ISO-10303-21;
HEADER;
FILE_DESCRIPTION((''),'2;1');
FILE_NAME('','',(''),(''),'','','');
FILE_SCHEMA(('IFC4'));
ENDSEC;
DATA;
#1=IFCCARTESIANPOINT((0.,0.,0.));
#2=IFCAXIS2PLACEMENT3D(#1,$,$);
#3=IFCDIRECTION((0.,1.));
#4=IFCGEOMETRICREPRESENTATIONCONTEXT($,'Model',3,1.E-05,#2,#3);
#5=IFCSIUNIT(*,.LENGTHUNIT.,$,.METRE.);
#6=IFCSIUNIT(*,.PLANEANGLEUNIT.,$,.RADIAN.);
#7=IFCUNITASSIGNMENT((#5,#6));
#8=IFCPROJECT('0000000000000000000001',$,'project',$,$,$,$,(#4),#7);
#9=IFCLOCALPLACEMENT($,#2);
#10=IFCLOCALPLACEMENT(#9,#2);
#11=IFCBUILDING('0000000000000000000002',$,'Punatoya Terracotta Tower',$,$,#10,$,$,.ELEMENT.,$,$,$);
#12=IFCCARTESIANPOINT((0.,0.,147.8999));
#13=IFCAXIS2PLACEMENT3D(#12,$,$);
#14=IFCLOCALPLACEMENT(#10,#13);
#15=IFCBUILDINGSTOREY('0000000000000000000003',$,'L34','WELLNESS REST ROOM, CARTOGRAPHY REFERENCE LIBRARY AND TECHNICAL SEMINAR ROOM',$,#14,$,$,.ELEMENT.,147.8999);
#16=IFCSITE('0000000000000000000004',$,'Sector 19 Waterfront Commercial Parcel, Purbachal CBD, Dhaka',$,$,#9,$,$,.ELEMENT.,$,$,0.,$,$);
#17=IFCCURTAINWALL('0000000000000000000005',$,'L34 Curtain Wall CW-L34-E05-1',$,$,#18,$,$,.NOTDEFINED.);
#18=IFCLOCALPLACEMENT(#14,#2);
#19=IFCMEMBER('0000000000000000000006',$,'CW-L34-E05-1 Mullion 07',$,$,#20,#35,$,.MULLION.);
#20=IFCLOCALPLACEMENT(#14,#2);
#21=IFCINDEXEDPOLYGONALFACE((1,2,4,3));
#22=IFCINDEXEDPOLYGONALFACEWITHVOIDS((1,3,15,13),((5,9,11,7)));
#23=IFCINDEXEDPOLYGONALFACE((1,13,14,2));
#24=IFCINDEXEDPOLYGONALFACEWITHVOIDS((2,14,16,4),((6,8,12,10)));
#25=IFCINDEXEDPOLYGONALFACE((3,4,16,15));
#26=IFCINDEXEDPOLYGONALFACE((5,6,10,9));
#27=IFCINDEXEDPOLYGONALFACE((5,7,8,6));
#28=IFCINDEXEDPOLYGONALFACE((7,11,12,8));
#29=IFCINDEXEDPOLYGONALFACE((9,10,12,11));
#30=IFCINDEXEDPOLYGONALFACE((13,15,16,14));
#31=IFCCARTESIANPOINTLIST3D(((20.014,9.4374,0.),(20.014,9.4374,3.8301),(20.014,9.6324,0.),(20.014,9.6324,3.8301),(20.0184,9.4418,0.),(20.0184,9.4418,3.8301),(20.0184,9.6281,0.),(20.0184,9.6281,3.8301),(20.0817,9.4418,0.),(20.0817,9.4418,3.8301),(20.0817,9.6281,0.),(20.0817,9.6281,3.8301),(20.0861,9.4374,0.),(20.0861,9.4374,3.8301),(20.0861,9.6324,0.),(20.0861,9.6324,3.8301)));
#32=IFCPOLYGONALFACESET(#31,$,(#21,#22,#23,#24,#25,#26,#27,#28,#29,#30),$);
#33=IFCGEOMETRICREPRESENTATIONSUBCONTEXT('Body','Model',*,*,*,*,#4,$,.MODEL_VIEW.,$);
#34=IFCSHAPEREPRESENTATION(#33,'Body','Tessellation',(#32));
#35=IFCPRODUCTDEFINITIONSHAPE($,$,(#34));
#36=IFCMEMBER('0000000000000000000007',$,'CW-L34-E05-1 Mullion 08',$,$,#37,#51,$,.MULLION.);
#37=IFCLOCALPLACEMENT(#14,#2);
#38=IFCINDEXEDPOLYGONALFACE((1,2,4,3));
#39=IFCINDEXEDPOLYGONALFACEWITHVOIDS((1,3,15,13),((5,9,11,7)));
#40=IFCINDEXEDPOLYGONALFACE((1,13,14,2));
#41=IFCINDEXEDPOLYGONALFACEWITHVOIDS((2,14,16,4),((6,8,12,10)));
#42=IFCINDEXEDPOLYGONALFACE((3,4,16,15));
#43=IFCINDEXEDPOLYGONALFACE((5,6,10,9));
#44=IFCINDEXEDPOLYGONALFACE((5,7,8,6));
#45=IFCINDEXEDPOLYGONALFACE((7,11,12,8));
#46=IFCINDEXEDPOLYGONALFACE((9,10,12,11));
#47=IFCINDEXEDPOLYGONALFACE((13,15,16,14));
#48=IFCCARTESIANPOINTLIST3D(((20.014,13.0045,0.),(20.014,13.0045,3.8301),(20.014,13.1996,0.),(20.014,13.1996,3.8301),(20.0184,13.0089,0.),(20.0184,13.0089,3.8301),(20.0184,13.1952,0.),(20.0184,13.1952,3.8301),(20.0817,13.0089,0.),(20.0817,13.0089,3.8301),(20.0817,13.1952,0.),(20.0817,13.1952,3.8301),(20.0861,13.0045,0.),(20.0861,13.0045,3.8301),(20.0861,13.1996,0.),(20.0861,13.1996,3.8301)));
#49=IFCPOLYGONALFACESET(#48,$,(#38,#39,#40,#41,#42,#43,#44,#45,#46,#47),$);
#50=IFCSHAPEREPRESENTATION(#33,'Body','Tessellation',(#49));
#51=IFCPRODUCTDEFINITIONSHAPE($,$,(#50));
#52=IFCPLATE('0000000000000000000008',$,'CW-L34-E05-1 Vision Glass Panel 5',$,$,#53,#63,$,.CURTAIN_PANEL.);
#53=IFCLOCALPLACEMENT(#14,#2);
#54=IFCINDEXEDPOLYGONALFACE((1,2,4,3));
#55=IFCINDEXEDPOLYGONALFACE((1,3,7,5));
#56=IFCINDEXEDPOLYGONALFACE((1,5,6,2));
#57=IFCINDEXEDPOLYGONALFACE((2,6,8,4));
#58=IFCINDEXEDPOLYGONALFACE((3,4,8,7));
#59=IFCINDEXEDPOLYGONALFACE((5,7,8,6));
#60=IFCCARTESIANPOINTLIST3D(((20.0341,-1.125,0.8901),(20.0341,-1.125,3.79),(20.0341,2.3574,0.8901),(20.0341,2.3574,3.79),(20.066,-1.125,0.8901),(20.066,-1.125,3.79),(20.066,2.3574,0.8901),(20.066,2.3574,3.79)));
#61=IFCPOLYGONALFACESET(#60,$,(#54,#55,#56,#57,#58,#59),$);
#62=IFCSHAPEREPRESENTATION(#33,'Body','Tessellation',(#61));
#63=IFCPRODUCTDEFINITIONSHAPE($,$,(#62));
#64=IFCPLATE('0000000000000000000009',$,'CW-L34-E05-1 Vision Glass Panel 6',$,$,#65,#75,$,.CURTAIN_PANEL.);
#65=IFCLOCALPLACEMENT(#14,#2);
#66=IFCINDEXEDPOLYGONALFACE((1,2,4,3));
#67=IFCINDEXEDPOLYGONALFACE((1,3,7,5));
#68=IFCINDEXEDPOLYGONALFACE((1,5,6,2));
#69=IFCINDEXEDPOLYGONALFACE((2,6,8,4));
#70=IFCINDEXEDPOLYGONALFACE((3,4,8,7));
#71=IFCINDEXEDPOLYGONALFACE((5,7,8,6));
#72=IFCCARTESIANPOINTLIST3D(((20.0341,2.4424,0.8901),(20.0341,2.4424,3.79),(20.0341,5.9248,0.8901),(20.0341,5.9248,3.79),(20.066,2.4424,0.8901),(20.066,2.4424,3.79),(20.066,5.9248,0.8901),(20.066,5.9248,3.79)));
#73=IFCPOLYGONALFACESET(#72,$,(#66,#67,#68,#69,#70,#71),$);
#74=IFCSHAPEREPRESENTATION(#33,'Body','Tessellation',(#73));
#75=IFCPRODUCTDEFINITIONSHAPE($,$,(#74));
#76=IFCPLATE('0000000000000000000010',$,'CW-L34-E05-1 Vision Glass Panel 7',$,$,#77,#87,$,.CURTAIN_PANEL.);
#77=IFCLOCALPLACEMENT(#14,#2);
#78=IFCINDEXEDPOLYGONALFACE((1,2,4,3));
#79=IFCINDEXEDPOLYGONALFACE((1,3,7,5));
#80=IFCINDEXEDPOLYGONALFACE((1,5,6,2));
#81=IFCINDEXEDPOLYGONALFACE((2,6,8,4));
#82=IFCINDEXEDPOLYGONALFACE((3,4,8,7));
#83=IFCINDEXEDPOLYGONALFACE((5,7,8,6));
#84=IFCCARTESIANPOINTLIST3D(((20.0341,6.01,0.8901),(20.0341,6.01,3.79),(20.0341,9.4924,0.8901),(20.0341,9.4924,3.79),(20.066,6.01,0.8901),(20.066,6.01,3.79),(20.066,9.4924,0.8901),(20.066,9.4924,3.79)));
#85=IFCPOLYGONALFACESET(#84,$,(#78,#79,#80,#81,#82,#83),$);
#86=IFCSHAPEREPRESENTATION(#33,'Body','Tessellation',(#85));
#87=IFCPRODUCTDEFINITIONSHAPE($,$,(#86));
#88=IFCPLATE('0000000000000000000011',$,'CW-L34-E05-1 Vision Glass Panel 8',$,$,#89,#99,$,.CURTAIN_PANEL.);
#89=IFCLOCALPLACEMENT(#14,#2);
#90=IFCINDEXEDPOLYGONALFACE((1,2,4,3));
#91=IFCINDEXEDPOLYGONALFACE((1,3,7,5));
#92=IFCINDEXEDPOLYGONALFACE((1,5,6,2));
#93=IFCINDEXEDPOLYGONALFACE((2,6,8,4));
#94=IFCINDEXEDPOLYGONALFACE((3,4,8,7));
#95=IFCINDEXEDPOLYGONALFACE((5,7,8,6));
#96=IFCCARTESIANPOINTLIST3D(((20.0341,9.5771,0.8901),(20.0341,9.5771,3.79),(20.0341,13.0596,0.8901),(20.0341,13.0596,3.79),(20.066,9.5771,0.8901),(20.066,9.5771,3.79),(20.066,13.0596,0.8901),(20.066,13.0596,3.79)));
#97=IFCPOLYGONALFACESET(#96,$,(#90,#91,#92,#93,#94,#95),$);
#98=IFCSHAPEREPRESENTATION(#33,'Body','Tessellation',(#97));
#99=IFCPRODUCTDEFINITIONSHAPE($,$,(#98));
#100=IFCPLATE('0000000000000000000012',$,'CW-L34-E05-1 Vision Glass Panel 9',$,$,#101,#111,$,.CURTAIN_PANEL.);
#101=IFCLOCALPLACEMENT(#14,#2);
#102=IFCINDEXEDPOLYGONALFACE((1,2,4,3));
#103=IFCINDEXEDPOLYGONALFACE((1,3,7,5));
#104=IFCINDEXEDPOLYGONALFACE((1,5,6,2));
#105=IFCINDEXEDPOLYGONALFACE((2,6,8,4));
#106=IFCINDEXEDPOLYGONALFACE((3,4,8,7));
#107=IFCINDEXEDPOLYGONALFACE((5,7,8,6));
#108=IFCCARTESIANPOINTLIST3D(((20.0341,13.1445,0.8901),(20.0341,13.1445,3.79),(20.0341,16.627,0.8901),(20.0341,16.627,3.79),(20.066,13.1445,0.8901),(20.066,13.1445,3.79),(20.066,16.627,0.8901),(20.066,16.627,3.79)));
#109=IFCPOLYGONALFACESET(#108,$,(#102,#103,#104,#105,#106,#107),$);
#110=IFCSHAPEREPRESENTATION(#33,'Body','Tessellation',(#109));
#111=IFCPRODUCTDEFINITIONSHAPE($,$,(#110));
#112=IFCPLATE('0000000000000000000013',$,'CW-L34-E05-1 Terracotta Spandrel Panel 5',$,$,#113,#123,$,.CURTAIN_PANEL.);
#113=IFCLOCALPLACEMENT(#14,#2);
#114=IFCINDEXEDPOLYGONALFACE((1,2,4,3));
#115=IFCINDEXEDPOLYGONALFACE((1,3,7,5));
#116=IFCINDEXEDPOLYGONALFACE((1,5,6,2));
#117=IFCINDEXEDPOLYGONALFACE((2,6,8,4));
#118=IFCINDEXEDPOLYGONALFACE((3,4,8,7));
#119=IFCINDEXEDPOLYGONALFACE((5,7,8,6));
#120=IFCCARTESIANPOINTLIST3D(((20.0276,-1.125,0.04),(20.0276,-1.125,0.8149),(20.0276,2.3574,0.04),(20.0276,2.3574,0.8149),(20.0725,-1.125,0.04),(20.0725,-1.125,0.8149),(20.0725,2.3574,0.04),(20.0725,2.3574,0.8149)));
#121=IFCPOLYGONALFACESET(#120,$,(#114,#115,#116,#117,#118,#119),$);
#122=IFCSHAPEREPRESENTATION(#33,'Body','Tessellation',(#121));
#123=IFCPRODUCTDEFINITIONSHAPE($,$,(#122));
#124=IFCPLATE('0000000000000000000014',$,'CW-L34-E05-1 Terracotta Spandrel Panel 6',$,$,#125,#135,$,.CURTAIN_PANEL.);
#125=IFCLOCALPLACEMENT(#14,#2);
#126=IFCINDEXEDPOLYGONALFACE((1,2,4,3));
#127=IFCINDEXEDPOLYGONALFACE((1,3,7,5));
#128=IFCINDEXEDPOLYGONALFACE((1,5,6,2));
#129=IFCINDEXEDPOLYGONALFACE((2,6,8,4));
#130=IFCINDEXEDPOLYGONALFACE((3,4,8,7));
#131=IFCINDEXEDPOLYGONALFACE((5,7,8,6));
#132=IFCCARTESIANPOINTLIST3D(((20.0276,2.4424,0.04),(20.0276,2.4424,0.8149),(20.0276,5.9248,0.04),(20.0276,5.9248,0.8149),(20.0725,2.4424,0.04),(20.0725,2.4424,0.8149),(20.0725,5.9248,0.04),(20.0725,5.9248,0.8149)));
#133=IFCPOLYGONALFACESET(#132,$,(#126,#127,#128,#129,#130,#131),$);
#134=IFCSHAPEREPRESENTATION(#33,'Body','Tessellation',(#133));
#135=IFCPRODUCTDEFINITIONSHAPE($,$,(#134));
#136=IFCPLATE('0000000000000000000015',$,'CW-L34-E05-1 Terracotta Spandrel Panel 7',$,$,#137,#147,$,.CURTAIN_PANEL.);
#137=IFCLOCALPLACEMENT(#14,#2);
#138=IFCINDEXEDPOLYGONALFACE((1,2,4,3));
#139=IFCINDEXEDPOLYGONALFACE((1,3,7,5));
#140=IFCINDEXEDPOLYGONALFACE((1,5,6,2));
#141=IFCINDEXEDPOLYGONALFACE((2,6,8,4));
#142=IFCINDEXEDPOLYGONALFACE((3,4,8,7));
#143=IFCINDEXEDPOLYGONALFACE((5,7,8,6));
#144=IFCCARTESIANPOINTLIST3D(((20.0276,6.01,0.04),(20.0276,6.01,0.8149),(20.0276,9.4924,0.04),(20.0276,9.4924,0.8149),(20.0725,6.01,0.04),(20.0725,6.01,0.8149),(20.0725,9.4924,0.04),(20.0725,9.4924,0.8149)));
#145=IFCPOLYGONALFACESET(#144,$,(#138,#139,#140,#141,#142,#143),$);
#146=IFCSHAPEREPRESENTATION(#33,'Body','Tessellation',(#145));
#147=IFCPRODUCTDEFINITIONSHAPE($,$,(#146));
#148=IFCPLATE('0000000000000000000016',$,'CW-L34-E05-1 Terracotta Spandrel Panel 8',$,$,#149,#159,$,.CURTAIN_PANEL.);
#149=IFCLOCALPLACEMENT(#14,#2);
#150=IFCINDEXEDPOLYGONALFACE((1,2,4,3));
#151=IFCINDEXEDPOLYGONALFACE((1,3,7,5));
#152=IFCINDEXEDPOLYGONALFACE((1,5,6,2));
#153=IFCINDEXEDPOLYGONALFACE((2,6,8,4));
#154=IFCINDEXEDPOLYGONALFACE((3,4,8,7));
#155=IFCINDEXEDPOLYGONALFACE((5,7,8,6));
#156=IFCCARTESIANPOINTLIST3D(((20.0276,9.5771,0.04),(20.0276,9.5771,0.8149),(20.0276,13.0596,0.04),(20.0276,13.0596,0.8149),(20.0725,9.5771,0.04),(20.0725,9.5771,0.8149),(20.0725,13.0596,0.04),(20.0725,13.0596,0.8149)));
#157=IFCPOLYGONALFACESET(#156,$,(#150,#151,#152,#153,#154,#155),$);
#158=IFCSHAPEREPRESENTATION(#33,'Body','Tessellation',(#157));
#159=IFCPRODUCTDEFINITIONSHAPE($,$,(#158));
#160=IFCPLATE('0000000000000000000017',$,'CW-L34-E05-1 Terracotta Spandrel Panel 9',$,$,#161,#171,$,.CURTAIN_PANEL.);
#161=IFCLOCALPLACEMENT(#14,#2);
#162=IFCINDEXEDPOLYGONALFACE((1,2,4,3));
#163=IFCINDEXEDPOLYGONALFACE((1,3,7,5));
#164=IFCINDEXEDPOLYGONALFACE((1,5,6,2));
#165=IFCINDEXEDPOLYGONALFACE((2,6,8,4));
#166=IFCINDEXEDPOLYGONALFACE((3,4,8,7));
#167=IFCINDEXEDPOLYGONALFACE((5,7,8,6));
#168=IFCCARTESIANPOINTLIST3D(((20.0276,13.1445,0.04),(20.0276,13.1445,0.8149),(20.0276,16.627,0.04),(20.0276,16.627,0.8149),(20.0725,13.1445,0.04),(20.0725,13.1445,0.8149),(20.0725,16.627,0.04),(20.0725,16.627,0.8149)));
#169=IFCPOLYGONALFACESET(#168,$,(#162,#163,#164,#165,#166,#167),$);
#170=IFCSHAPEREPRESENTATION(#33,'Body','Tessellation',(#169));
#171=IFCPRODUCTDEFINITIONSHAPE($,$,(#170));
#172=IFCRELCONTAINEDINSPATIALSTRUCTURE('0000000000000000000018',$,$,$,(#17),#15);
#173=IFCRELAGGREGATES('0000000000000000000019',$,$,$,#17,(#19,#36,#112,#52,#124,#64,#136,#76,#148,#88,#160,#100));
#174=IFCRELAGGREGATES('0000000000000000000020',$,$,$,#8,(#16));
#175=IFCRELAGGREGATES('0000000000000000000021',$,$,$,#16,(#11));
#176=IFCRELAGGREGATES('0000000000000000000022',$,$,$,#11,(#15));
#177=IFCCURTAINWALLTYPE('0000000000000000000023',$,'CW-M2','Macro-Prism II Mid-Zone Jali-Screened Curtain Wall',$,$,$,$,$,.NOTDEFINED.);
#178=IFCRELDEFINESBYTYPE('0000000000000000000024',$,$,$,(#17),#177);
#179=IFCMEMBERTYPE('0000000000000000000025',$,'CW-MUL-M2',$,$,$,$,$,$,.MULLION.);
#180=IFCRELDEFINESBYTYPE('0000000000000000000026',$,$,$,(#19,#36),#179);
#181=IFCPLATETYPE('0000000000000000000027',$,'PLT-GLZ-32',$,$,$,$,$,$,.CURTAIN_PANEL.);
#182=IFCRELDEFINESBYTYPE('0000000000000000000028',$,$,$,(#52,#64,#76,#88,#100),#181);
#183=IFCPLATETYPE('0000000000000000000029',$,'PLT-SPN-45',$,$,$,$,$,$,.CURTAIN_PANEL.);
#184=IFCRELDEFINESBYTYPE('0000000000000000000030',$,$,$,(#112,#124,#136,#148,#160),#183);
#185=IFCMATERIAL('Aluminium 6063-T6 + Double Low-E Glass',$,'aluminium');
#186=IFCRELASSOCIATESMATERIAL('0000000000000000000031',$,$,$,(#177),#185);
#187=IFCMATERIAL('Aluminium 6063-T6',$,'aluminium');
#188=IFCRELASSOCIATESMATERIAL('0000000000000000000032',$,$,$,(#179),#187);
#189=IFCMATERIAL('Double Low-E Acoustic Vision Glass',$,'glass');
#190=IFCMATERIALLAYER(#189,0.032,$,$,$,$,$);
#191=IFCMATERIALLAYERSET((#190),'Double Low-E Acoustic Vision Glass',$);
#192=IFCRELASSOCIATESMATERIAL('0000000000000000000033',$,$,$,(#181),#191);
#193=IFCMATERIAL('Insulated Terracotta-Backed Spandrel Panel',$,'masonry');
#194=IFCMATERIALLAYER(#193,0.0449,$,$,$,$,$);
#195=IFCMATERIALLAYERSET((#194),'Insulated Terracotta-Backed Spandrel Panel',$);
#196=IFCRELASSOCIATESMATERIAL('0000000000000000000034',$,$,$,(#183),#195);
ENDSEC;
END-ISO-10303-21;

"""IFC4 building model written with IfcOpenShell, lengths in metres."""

from ifc_helpers import new_model, si_unit, direction, frame, origin, origin_2d, place, context, subcontext, project, spatial, rectangle, hollow_rectangle, extrude, material, layer, layer_set, material_profile, profile_set, type_object, element, aggregate, save


model = new_model("IFC4")

# Units and contexts
model_context = context("Model", 3, precision=1e-05, world=origin(), true_north=direction((0.0, 1.0)))
body_context = subcontext(model_context, "Body", "Model", "MODEL_VIEW")
ifc_project = project(units=[si_unit("LENGTHUNIT", "METRE"), si_unit("PLANEANGLEUNIT", "RADIAN")], contexts=[model_context])

# Site, building, storey
site_placement = place(None, origin())
site = spatial("IfcSite", under=ifc_project, at=site_placement, Name="Sector 19 Waterfront Commercial Parcel, Purbachal CBD, Dhaka", CompositionType="ELEMENT", RefElevation=0.0)
building_placement = place(site_placement, origin())
building = spatial("IfcBuilding", under=site, at=building_placement, Name="Punatoya Terracotta Tower", CompositionType="ELEMENT")
storey_placement = place(building_placement, frame((0.0, 0.0, 147.8999)))
storey = spatial("IfcBuildingStorey", under=building, at=storey_placement, Name="L34", Description="WELLNESS REST ROOM, CARTOGRAPHY REFERENCE LIBRARY AND TECHNICAL SEMINAR ROOM", CompositionType="ELEMENT", Elevation=147.8999)

# Curtain wall, members, plates
ifc_material_1 = material(Name="Aluminium 6063-T6 + Double Low-E Glass", Category="aluminium")
curtain_wall_type = type_object("IfcCurtainWallType", Name="CW-M2", Description="Macro-Prism II Mid-Zone Jali-Screened Curtain Wall", PredefinedType="NOTDEFINED", material=ifc_material_1)
curtain_wall_placement = place(storey_placement, origin())
curtain_wall = element("IfcCurtainWall", 1, at=curtain_wall_placement, inside=storey, type_object=curtain_wall_type, Name="L34 Curtain Wall CW-L34-E05-1", PredefinedType="NOTDEFINED")
ifc_material_2 = material(Name="Aluminium 6063-T6", Category="aluminium")
ifc_material_profile_1 = material_profile(ifc_material_2, hollow_rectangle(XDim=0.072, YDim=0.1951, WallThickness=0.0044, at=origin_2d()))
ifc_profile_set_1 = profile_set([ifc_material_profile_1], Name="Aluminium 6063-T6")
member_type = type_object("IfcMemberType", Name="CW-MUL-M2", PredefinedType="MULLION", material=ifc_profile_set_1)
member_1_placement = place(storey_placement, frame((20.05, 9.5349, 0.0), z_axis=(0.0, 0.0, 1.0), x_axis=(1.0, 0.0, 0.0)))
member_1 = element("IfcMember", 2, at=member_1_placement, type_object=member_type, Name="CW-L34-E05-1 Mullion 07", PredefinedType="MULLION", context=body_context, shape_type="SweptSolid", body=[
    extrude(hollow_rectangle(XDim=0.072, YDim=0.1951, WallThickness=0.0044, at=origin_2d()), origin(), (0.0, 0.0, 1.0), 3.8301),
])
member_2_placement = place(storey_placement, frame((20.05, 13.1021, 0.0), z_axis=(0.0, 0.0, 1.0), x_axis=(1.0, 0.0, 0.0)))
member_2 = element("IfcMember", 3, at=member_2_placement, type_object=member_type, Name="CW-L34-E05-1 Mullion 08", PredefinedType="MULLION", context=body_context, shape_type="SweptSolid", body=[
    extrude(hollow_rectangle(XDim=0.072, YDim=0.1951, WallThickness=0.0044, at=origin_2d()), origin(), (0.0, 0.0, 1.0), 3.8301),
])
ifc_material_3 = material(Name="Double Low-E Acoustic Vision Glass", Category="glass")
ifc_layer_1 = layer(ifc_material_3, 0.032)
ifc_layer_set_1 = layer_set([ifc_layer_1], Name="Double Low-E Acoustic Vision Glass")
plate_type_1 = type_object("IfcPlateType", Name="PLT-GLZ-32", PredefinedType="CURTAIN_PANEL", material=ifc_layer_set_1)
plate_1_placement = place(storey_placement, frame((20.05, 0.6162, 0.8901), z_axis=(0.0, 0.0, 1.0), x_axis=(0.0, 1.0, 0.0)))
plate_1 = element("IfcPlate", 4, at=plate_1_placement, type_object=plate_type_1, Name="CW-L34-E05-1 Vision Glass Panel 5", PredefinedType="CURTAIN_PANEL", context=body_context, shape_type="SweptSolid", body=[
    extrude(rectangle(XDim=3.4824, YDim=0.032, at=origin_2d()), origin(), (0.0, 0.0, 1.0), 2.8999),
])
plate_2_placement = place(storey_placement, frame((20.05, 4.1836, 0.8901), z_axis=(0.0, 0.0, 1.0), x_axis=(0.0, 1.0, 0.0)))
plate_2 = element("IfcPlate", 5, at=plate_2_placement, type_object=plate_type_1, Name="CW-L34-E05-1 Vision Glass Panel 6", PredefinedType="CURTAIN_PANEL", context=body_context, shape_type="SweptSolid", body=[
    extrude(rectangle(XDim=3.4824, YDim=0.032, at=origin_2d()), origin(), (0.0, 0.0, 1.0), 2.8999),
])
plate_3_placement = place(storey_placement, frame((20.05, 7.7512, 0.8901), z_axis=(0.0, 0.0, 1.0), x_axis=(0.0, 1.0, 0.0)))
plate_3 = element("IfcPlate", 6, at=plate_3_placement, type_object=plate_type_1, Name="CW-L34-E05-1 Vision Glass Panel 7", PredefinedType="CURTAIN_PANEL", context=body_context, shape_type="SweptSolid", body=[
    extrude(rectangle(XDim=3.4824, YDim=0.032, at=origin_2d()), origin(), (0.0, 0.0, 1.0), 2.8999),
])
plate_4_placement = place(storey_placement, frame((20.05, 11.3184, 0.8901), z_axis=(0.0, 0.0, 1.0), x_axis=(0.0, 1.0, 0.0)))
plate_4 = element("IfcPlate", 7, at=plate_4_placement, type_object=plate_type_1, Name="CW-L34-E05-1 Vision Glass Panel 8", PredefinedType="CURTAIN_PANEL", context=body_context, shape_type="SweptSolid", body=[
    extrude(rectangle(XDim=3.4824, YDim=0.032, at=origin_2d()), origin(), (0.0, 0.0, 1.0), 2.8999),
])
plate_5_placement = place(storey_placement, frame((20.05, 14.8857, 0.8901), z_axis=(0.0, 0.0, 1.0), x_axis=(0.0, 1.0, 0.0)))
plate_5 = element("IfcPlate", 8, at=plate_5_placement, type_object=plate_type_1, Name="CW-L34-E05-1 Vision Glass Panel 9", PredefinedType="CURTAIN_PANEL", context=body_context, shape_type="SweptSolid", body=[
    extrude(rectangle(XDim=3.4824, YDim=0.032, at=origin_2d()), origin(), (0.0, 0.0, 1.0), 2.8999),
])
ifc_material_4 = material(Name="Insulated Terracotta-Backed Spandrel Panel", Category="masonry")
ifc_layer_2 = layer(ifc_material_4, 0.0449)
ifc_layer_set_2 = layer_set([ifc_layer_2], Name="Insulated Terracotta-Backed Spandrel Panel")
plate_type_2 = type_object("IfcPlateType", Name="PLT-SPN-45", PredefinedType="CURTAIN_PANEL", material=ifc_layer_set_2)
plate_6_placement = place(storey_placement, frame((20.05, 0.6162, 0.04), z_axis=(0.0, 0.0, 1.0), x_axis=(0.0, 1.0, 0.0)))
plate_6 = element("IfcPlate", 9, at=plate_6_placement, type_object=plate_type_2, Name="CW-L34-E05-1 Terracotta Spandrel Panel 5", PredefinedType="CURTAIN_PANEL", context=body_context, shape_type="SweptSolid", body=[
    extrude(rectangle(XDim=3.4824, YDim=0.0449, at=origin_2d()), origin(), (0.0, 0.0, 1.0), 0.7749),
])
plate_7_placement = place(storey_placement, frame((20.05, 4.1836, 0.04), z_axis=(0.0, 0.0, 1.0), x_axis=(0.0, 1.0, 0.0)))
plate_7 = element("IfcPlate", 10, at=plate_7_placement, type_object=plate_type_2, Name="CW-L34-E05-1 Terracotta Spandrel Panel 6", PredefinedType="CURTAIN_PANEL", context=body_context, shape_type="SweptSolid", body=[
    extrude(rectangle(XDim=3.4824, YDim=0.0449, at=origin_2d()), origin(), (0.0, 0.0, 1.0), 0.7749),
])
plate_8_placement = place(storey_placement, frame((20.05, 7.7512, 0.04), z_axis=(0.0, 0.0, 1.0), x_axis=(0.0, 1.0, 0.0)))
plate_8 = element("IfcPlate", 11, at=plate_8_placement, type_object=plate_type_2, Name="CW-L34-E05-1 Terracotta Spandrel Panel 7", PredefinedType="CURTAIN_PANEL", context=body_context, shape_type="SweptSolid", body=[
    extrude(rectangle(XDim=3.4824, YDim=0.0449, at=origin_2d()), origin(), (0.0, 0.0, 1.0), 0.7749),
])
plate_9_placement = place(storey_placement, frame((20.05, 11.3184, 0.04), z_axis=(0.0, 0.0, 1.0), x_axis=(0.0, 1.0, 0.0)))
plate_9 = element("IfcPlate", 12, at=plate_9_placement, type_object=plate_type_2, Name="CW-L34-E05-1 Terracotta Spandrel Panel 8", PredefinedType="CURTAIN_PANEL", context=body_context, shape_type="SweptSolid", body=[
    extrude(rectangle(XDim=3.4824, YDim=0.0449, at=origin_2d()), origin(), (0.0, 0.0, 1.0), 0.7749),
])
plate_10_placement = place(storey_placement, frame((20.05, 14.8857, 0.04), z_axis=(0.0, 0.0, 1.0), x_axis=(0.0, 1.0, 0.0)))
plate_10 = element("IfcPlate", 13, at=plate_10_placement, type_object=plate_type_2, Name="CW-L34-E05-1 Terracotta Spandrel Panel 9", PredefinedType="CURTAIN_PANEL", context=body_context, shape_type="SweptSolid", body=[
    extrude(rectangle(XDim=3.4824, YDim=0.0449, at=origin_2d()), origin(), (0.0, 0.0, 1.0), 0.7749),
])
aggregate(curtain_wall, [member_1, member_2, plate_6, plate_1, plate_7, plate_2, plate_8, plate_3, plate_9, plate_4, plate_10, plate_5])

save(model, "model.ifc")
